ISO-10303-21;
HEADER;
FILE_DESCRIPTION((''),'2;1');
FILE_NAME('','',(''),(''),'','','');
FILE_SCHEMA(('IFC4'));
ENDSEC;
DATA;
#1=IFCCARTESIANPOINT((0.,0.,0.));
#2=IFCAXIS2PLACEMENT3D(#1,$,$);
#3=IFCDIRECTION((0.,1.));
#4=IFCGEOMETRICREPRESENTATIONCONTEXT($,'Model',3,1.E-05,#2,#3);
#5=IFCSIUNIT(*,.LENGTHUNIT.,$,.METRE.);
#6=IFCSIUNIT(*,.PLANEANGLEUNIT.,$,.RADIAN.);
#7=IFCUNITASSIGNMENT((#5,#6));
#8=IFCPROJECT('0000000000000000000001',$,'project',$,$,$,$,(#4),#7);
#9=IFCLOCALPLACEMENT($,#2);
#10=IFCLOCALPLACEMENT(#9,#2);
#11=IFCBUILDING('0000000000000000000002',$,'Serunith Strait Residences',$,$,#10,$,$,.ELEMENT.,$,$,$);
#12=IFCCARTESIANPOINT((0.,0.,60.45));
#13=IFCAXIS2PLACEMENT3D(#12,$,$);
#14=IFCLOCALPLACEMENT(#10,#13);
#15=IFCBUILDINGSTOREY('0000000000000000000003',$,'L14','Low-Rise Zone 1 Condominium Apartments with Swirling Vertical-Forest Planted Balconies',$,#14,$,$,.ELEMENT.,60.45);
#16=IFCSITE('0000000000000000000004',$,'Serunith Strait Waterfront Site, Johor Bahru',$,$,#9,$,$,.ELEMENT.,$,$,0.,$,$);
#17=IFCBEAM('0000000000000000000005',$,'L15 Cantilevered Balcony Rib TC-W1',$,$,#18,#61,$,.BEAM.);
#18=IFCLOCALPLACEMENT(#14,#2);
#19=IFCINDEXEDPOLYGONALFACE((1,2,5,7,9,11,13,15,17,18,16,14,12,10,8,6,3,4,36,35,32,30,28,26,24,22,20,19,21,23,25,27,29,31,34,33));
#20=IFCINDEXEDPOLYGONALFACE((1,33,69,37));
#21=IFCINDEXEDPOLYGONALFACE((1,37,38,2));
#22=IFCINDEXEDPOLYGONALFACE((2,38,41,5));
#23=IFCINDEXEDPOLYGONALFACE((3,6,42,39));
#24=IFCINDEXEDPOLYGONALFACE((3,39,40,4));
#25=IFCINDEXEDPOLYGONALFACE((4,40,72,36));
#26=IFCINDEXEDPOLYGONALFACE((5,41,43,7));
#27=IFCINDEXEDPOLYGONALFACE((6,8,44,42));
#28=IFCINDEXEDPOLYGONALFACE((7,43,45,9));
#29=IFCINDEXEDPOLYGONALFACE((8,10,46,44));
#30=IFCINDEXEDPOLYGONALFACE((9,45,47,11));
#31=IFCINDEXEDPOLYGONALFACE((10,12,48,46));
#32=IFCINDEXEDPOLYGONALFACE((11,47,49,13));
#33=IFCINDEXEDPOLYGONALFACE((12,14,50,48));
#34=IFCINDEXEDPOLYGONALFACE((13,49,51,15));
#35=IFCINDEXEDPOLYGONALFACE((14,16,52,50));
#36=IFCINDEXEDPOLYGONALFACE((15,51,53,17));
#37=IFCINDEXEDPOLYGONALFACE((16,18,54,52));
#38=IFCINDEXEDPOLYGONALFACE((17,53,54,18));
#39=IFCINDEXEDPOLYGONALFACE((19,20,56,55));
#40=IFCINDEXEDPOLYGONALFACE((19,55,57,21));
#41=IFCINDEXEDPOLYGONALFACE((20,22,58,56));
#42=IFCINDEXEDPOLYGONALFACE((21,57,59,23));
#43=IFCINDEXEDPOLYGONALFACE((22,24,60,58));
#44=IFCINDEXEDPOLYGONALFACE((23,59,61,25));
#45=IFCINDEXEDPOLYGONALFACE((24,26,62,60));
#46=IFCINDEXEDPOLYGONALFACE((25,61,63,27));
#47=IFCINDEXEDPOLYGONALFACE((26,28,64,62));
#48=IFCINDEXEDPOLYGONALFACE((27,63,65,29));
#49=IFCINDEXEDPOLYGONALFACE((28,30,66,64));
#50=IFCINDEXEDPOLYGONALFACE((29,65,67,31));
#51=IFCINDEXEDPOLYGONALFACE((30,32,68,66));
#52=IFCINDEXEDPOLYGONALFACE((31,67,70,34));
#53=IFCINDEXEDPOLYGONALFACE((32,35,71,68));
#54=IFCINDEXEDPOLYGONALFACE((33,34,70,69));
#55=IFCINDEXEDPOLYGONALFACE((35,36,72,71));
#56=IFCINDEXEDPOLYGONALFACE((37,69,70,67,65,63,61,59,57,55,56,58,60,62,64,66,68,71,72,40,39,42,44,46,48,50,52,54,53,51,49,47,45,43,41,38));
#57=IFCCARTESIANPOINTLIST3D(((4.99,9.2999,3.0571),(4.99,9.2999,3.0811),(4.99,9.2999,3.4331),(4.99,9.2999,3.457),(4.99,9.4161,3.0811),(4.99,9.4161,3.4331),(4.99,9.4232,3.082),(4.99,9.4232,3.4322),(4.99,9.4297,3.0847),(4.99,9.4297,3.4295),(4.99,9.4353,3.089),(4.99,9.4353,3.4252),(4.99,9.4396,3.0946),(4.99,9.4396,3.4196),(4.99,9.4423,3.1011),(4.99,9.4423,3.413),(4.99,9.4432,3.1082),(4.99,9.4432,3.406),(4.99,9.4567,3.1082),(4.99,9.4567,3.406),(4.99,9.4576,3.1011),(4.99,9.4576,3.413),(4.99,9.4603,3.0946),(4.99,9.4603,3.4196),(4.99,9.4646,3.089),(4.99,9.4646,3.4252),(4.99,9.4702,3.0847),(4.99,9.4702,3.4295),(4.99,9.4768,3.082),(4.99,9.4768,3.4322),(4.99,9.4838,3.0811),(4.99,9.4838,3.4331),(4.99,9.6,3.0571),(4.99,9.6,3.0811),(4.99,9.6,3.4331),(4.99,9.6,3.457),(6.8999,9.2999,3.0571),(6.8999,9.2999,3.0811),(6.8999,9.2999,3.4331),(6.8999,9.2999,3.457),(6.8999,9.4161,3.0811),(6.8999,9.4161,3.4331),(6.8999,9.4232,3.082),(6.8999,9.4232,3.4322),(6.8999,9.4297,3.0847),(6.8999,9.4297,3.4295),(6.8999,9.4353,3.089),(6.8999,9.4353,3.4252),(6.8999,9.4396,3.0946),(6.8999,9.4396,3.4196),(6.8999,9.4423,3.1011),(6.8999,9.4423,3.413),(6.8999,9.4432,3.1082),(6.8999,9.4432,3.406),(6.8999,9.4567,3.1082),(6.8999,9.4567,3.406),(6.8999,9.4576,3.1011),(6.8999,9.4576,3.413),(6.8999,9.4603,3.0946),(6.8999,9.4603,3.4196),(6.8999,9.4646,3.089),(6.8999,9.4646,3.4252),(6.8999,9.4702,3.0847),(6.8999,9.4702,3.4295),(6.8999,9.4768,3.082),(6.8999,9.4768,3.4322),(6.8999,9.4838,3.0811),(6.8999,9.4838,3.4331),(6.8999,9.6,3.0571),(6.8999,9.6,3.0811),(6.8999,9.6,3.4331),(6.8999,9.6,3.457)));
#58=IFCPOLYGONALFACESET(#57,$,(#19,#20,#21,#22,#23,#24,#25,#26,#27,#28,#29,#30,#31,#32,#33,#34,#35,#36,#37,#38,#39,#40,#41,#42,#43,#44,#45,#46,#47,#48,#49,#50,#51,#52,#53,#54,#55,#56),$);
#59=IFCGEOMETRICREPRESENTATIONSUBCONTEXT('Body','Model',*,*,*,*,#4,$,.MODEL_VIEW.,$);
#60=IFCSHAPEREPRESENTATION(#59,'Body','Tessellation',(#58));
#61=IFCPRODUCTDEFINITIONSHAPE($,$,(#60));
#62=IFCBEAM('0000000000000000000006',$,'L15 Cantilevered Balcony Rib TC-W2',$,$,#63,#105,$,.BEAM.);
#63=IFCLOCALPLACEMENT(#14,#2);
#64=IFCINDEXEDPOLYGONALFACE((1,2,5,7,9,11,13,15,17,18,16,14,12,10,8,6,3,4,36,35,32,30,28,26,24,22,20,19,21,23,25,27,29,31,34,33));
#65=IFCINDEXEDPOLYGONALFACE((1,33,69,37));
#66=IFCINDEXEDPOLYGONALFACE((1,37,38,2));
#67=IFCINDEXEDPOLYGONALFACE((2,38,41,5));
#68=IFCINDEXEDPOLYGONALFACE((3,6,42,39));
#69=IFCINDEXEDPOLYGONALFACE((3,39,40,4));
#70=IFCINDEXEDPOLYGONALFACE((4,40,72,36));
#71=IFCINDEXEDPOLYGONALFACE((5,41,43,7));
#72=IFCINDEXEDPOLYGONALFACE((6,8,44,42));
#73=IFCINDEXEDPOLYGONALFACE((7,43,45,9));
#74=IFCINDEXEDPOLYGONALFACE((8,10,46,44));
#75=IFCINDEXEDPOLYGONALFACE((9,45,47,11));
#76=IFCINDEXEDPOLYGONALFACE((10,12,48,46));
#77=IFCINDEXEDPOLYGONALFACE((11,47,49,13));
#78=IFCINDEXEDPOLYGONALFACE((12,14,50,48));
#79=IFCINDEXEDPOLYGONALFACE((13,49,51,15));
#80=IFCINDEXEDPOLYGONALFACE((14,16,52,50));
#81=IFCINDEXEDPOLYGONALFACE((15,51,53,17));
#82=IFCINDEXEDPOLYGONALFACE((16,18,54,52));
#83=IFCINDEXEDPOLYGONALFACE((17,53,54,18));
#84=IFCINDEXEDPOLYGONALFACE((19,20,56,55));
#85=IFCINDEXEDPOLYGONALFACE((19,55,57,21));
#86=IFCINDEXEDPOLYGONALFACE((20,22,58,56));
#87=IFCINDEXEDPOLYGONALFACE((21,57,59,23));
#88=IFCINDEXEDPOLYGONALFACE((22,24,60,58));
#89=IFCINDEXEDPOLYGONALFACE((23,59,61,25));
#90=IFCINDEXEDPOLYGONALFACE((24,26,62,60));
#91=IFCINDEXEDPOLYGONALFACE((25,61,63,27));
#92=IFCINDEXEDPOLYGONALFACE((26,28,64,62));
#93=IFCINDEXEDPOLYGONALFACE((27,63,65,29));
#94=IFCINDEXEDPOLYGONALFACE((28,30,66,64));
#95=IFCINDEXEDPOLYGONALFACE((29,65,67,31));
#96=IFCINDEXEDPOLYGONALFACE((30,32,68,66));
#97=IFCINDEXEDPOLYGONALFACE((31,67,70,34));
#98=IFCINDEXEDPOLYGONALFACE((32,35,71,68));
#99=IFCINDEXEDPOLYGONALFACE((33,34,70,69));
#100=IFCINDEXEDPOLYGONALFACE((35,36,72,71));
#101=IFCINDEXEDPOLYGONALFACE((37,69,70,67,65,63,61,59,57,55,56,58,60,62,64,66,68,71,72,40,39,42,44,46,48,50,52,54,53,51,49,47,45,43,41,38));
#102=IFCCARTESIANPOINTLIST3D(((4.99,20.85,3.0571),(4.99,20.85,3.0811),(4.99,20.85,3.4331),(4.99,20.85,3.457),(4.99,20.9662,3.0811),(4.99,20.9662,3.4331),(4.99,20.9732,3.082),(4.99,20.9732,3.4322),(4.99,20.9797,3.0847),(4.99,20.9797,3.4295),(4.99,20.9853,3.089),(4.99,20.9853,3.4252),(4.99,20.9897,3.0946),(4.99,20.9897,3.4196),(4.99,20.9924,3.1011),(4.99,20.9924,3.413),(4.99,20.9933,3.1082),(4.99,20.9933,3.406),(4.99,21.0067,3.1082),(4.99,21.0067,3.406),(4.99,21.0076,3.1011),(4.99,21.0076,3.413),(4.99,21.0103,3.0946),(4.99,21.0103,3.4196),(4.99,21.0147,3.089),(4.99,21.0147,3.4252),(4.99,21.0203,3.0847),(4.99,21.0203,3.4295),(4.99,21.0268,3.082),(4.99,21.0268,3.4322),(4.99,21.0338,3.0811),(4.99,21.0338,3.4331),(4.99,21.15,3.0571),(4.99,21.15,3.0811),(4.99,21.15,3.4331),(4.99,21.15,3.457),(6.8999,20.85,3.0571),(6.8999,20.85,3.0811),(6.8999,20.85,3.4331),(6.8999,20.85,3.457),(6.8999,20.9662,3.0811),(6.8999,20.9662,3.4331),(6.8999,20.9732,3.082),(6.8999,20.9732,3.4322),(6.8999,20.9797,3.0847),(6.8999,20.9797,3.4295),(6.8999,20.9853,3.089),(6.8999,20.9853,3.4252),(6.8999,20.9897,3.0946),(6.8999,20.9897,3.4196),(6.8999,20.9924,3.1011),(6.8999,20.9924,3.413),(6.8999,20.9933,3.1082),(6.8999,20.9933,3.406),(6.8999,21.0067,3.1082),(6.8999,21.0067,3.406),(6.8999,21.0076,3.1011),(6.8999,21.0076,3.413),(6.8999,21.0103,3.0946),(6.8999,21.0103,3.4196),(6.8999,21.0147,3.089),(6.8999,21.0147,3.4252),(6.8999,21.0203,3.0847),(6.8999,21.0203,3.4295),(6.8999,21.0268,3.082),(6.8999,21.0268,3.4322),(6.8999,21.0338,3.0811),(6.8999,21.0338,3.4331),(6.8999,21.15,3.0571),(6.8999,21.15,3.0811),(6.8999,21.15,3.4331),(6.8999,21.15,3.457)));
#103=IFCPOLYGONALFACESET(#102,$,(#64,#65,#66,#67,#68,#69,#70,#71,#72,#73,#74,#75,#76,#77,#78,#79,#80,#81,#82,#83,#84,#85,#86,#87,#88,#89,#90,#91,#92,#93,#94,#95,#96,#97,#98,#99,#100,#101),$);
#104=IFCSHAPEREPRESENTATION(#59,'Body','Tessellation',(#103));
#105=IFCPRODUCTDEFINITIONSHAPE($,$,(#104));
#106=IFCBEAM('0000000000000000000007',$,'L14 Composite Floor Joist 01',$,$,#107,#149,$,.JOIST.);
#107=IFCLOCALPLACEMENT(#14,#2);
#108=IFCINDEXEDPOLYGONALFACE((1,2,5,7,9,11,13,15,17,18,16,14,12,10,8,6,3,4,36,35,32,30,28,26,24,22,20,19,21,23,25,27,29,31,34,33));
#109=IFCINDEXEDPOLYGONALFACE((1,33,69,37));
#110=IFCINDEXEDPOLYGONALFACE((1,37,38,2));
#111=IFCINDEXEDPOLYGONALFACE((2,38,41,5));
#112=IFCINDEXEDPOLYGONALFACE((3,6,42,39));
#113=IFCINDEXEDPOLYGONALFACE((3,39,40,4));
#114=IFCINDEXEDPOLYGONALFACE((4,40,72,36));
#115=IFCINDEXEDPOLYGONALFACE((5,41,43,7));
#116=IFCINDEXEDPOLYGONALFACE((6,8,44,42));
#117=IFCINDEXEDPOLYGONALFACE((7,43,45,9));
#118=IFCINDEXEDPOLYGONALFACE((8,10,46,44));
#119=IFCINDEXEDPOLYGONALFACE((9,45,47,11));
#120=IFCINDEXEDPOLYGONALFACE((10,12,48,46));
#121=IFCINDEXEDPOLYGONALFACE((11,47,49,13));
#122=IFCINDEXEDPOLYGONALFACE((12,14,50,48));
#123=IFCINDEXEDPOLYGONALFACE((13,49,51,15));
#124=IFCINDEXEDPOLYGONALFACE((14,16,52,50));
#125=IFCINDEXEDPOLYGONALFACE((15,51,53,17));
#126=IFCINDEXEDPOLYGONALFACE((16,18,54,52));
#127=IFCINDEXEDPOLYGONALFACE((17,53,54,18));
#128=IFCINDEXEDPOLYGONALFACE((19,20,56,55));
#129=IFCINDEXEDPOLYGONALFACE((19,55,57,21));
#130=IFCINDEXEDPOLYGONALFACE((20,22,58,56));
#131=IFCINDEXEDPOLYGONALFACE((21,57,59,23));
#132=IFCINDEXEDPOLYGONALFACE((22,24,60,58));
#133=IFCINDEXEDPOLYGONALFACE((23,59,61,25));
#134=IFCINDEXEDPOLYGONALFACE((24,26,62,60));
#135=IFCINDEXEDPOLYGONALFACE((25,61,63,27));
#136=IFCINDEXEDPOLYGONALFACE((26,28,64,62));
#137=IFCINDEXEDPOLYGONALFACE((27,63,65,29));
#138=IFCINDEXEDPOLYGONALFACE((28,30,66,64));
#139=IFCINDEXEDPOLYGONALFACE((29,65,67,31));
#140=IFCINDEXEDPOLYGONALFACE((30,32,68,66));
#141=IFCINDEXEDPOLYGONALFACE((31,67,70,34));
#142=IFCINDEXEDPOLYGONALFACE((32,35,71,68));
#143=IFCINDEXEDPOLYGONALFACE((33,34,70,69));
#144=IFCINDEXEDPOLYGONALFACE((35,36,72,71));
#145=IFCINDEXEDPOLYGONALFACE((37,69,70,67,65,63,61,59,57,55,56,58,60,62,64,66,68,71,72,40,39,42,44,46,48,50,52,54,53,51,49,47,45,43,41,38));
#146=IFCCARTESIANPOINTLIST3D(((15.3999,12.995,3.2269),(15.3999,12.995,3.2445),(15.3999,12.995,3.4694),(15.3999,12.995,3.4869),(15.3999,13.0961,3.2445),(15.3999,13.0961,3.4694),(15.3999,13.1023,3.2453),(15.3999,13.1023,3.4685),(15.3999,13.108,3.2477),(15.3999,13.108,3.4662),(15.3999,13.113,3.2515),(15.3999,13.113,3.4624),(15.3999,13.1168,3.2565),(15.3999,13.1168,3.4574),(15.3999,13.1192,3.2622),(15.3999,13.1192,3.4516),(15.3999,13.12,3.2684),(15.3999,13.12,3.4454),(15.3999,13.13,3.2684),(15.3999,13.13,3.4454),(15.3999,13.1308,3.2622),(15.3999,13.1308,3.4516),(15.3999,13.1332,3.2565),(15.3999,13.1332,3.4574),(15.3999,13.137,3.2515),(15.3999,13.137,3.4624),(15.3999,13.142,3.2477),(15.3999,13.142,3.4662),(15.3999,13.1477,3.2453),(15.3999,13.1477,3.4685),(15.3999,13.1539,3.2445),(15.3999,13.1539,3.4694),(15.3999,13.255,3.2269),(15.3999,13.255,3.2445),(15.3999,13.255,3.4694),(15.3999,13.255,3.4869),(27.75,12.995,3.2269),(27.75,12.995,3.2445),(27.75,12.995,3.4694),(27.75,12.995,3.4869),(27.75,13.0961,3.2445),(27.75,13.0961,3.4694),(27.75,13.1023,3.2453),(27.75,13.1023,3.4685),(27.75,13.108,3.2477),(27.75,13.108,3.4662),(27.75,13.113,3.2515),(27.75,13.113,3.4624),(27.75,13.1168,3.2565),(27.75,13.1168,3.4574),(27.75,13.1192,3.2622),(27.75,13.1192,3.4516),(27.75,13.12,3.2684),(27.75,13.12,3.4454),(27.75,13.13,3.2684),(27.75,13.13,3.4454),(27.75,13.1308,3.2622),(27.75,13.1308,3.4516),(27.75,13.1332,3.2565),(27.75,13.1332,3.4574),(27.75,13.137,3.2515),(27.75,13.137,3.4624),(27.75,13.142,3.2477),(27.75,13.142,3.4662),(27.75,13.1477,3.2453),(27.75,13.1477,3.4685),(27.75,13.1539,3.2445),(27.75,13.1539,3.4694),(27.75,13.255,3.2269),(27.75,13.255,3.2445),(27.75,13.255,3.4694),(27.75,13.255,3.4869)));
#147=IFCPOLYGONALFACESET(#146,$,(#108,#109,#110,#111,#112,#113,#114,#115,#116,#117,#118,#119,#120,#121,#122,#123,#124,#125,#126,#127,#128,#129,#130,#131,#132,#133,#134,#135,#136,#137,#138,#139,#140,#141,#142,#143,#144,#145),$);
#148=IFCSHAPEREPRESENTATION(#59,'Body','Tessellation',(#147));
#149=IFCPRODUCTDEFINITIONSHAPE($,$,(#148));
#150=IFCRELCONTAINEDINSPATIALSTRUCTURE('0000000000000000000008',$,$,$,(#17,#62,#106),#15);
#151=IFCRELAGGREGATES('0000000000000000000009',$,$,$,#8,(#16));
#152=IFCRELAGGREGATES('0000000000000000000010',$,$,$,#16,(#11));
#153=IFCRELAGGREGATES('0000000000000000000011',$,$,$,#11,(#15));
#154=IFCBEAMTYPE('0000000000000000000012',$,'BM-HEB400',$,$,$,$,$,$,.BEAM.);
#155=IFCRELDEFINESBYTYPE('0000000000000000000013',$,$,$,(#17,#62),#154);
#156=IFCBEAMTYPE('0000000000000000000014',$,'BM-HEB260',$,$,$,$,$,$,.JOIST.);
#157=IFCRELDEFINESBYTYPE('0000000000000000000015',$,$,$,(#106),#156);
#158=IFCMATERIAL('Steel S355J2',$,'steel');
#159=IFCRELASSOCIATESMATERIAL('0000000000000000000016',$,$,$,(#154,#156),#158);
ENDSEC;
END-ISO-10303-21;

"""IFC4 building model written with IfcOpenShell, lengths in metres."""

from ifc_helpers import new_model, si_unit, direction, frame, origin, origin_2d, place, context, subcontext, project, spatial, i_section, extrude, source, transform, mapped, material, material_profile, profile_set, type_object, element, save


model = new_model("IFC4")

# Units and contexts
model_context = context("Model", 3, precision=1e-05, world=origin(), true_north=direction((0.0, 1.0)))
body_context = subcontext(model_context, "Body", "Model", "MODEL_VIEW")
ifc_project = project(units=[si_unit("LENGTHUNIT", "METRE"), si_unit("PLANEANGLEUNIT", "RADIAN")], contexts=[model_context])

# Site, building, storey
site_placement = place(None, origin())
site = spatial("IfcSite", under=ifc_project, at=site_placement, Name="Serunith Strait Waterfront Site, Johor Bahru", CompositionType="ELEMENT", RefElevation=0.0)
building_placement = place(site_placement, origin())
building = spatial("IfcBuilding", under=site, at=building_placement, Name="Serunith Strait Residences", CompositionType="ELEMENT")
storey_placement = place(building_placement, frame((0.0, 0.0, 60.45)))
storey = spatial("IfcBuildingStorey", under=building, at=storey_placement, Name="L14", Description="Low-Rise Zone 1 Condominium Apartments with Swirling Vertical-Forest Planted Balconies", CompositionType="ELEMENT", Elevation=60.45)

# Beams
ifc_material_1 = material(Name="Steel S355J2", Category="steel")
ifc_material_profile_1 = material_profile(ifc_material_1, i_section(OverallWidth=0.3, OverallDepth=0.3999, WebThickness=0.0134, FlangeThickness=0.0239, FilletRadius=0.0271, at=origin_2d()), Name="HEB 400")
ifc_profile_set_1 = profile_set([ifc_material_profile_1], Name="Steel S355J2")
beam_type_1 = type_object("IfcBeamType", Name="BM-HEB400", PredefinedType="BEAM", material=ifc_profile_set_1)
shared_shape_1 = source(origin(), body_context, "Body", "SweptSolid", [
    extrude(i_section(OverallWidth=0.3, OverallDepth=0.3999, WebThickness=0.0134, FlangeThickness=0.0239, FilletRadius=0.0271, at=origin_2d()), origin(), (0.0, 0.0, 1.0), 1.9099),
])
for number, where, z_axis, x_axis, name in (
    (1, (6.8999, 9.45, 3.2571), (-1.0, 0.0, 0.0), (0.0, -1.0, 0.0), "L15 Cantilevered Balcony Rib TC-W1"),
    (2, (6.8999, 21.0, 3.2571), (-1.0, 0.0, 0.0), (0.0, -1.0, 0.0), "L15 Cantilevered Balcony Rib TC-W2"),
):
    element("IfcBeam", number, at=place(storey_placement, frame(where, z_axis=z_axis, x_axis=x_axis)), inside=storey, type_object=beam_type_1, Name=name, PredefinedType="BEAM", context=body_context, shape_type="MappedRepresentation", body=[
        mapped(shared_shape_1, transform((0.0, 0.0, 0.0), scale=1.0)),
    ])
ifc_material_profile_2 = material_profile(ifc_material_1, i_section(OverallWidth=0.26, OverallDepth=0.26, WebThickness=0.01, FlangeThickness=0.0176, FilletRadius=0.0239, at=origin_2d()), Name="HEB 260")
ifc_profile_set_2 = profile_set([ifc_material_profile_2], Name="Steel S355J2")
beam_type_2 = type_object("IfcBeamType", Name="BM-HEB260", PredefinedType="JOIST", material=ifc_profile_set_2)
shared_shape_2 = source(origin(), body_context, "Body", "SweptSolid", [
    extrude(i_section(OverallWidth=0.26, OverallDepth=0.26, WebThickness=0.01, FlangeThickness=0.0176, FilletRadius=0.0239, at=origin_2d()), origin(), (0.0, 0.0, 1.0), 12.3501),
])
beam_1_placement = place(storey_placement, frame((15.3999, 13.125, 3.3569), z_axis=(1.0, 0.0, 0.0), x_axis=(0.0, 1.0, 0.0)))
element("IfcBeam", 3, at=beam_1_placement, inside=storey, type_object=beam_type_2, Name="L14 Composite Floor Joist 01", PredefinedType="JOIST", context=body_context, shape_type="MappedRepresentation", body=[
    mapped(shared_shape_2, transform((0.0, 0.0, 0.0), scale=1.0)),
])

save(model, "model.ifc")
